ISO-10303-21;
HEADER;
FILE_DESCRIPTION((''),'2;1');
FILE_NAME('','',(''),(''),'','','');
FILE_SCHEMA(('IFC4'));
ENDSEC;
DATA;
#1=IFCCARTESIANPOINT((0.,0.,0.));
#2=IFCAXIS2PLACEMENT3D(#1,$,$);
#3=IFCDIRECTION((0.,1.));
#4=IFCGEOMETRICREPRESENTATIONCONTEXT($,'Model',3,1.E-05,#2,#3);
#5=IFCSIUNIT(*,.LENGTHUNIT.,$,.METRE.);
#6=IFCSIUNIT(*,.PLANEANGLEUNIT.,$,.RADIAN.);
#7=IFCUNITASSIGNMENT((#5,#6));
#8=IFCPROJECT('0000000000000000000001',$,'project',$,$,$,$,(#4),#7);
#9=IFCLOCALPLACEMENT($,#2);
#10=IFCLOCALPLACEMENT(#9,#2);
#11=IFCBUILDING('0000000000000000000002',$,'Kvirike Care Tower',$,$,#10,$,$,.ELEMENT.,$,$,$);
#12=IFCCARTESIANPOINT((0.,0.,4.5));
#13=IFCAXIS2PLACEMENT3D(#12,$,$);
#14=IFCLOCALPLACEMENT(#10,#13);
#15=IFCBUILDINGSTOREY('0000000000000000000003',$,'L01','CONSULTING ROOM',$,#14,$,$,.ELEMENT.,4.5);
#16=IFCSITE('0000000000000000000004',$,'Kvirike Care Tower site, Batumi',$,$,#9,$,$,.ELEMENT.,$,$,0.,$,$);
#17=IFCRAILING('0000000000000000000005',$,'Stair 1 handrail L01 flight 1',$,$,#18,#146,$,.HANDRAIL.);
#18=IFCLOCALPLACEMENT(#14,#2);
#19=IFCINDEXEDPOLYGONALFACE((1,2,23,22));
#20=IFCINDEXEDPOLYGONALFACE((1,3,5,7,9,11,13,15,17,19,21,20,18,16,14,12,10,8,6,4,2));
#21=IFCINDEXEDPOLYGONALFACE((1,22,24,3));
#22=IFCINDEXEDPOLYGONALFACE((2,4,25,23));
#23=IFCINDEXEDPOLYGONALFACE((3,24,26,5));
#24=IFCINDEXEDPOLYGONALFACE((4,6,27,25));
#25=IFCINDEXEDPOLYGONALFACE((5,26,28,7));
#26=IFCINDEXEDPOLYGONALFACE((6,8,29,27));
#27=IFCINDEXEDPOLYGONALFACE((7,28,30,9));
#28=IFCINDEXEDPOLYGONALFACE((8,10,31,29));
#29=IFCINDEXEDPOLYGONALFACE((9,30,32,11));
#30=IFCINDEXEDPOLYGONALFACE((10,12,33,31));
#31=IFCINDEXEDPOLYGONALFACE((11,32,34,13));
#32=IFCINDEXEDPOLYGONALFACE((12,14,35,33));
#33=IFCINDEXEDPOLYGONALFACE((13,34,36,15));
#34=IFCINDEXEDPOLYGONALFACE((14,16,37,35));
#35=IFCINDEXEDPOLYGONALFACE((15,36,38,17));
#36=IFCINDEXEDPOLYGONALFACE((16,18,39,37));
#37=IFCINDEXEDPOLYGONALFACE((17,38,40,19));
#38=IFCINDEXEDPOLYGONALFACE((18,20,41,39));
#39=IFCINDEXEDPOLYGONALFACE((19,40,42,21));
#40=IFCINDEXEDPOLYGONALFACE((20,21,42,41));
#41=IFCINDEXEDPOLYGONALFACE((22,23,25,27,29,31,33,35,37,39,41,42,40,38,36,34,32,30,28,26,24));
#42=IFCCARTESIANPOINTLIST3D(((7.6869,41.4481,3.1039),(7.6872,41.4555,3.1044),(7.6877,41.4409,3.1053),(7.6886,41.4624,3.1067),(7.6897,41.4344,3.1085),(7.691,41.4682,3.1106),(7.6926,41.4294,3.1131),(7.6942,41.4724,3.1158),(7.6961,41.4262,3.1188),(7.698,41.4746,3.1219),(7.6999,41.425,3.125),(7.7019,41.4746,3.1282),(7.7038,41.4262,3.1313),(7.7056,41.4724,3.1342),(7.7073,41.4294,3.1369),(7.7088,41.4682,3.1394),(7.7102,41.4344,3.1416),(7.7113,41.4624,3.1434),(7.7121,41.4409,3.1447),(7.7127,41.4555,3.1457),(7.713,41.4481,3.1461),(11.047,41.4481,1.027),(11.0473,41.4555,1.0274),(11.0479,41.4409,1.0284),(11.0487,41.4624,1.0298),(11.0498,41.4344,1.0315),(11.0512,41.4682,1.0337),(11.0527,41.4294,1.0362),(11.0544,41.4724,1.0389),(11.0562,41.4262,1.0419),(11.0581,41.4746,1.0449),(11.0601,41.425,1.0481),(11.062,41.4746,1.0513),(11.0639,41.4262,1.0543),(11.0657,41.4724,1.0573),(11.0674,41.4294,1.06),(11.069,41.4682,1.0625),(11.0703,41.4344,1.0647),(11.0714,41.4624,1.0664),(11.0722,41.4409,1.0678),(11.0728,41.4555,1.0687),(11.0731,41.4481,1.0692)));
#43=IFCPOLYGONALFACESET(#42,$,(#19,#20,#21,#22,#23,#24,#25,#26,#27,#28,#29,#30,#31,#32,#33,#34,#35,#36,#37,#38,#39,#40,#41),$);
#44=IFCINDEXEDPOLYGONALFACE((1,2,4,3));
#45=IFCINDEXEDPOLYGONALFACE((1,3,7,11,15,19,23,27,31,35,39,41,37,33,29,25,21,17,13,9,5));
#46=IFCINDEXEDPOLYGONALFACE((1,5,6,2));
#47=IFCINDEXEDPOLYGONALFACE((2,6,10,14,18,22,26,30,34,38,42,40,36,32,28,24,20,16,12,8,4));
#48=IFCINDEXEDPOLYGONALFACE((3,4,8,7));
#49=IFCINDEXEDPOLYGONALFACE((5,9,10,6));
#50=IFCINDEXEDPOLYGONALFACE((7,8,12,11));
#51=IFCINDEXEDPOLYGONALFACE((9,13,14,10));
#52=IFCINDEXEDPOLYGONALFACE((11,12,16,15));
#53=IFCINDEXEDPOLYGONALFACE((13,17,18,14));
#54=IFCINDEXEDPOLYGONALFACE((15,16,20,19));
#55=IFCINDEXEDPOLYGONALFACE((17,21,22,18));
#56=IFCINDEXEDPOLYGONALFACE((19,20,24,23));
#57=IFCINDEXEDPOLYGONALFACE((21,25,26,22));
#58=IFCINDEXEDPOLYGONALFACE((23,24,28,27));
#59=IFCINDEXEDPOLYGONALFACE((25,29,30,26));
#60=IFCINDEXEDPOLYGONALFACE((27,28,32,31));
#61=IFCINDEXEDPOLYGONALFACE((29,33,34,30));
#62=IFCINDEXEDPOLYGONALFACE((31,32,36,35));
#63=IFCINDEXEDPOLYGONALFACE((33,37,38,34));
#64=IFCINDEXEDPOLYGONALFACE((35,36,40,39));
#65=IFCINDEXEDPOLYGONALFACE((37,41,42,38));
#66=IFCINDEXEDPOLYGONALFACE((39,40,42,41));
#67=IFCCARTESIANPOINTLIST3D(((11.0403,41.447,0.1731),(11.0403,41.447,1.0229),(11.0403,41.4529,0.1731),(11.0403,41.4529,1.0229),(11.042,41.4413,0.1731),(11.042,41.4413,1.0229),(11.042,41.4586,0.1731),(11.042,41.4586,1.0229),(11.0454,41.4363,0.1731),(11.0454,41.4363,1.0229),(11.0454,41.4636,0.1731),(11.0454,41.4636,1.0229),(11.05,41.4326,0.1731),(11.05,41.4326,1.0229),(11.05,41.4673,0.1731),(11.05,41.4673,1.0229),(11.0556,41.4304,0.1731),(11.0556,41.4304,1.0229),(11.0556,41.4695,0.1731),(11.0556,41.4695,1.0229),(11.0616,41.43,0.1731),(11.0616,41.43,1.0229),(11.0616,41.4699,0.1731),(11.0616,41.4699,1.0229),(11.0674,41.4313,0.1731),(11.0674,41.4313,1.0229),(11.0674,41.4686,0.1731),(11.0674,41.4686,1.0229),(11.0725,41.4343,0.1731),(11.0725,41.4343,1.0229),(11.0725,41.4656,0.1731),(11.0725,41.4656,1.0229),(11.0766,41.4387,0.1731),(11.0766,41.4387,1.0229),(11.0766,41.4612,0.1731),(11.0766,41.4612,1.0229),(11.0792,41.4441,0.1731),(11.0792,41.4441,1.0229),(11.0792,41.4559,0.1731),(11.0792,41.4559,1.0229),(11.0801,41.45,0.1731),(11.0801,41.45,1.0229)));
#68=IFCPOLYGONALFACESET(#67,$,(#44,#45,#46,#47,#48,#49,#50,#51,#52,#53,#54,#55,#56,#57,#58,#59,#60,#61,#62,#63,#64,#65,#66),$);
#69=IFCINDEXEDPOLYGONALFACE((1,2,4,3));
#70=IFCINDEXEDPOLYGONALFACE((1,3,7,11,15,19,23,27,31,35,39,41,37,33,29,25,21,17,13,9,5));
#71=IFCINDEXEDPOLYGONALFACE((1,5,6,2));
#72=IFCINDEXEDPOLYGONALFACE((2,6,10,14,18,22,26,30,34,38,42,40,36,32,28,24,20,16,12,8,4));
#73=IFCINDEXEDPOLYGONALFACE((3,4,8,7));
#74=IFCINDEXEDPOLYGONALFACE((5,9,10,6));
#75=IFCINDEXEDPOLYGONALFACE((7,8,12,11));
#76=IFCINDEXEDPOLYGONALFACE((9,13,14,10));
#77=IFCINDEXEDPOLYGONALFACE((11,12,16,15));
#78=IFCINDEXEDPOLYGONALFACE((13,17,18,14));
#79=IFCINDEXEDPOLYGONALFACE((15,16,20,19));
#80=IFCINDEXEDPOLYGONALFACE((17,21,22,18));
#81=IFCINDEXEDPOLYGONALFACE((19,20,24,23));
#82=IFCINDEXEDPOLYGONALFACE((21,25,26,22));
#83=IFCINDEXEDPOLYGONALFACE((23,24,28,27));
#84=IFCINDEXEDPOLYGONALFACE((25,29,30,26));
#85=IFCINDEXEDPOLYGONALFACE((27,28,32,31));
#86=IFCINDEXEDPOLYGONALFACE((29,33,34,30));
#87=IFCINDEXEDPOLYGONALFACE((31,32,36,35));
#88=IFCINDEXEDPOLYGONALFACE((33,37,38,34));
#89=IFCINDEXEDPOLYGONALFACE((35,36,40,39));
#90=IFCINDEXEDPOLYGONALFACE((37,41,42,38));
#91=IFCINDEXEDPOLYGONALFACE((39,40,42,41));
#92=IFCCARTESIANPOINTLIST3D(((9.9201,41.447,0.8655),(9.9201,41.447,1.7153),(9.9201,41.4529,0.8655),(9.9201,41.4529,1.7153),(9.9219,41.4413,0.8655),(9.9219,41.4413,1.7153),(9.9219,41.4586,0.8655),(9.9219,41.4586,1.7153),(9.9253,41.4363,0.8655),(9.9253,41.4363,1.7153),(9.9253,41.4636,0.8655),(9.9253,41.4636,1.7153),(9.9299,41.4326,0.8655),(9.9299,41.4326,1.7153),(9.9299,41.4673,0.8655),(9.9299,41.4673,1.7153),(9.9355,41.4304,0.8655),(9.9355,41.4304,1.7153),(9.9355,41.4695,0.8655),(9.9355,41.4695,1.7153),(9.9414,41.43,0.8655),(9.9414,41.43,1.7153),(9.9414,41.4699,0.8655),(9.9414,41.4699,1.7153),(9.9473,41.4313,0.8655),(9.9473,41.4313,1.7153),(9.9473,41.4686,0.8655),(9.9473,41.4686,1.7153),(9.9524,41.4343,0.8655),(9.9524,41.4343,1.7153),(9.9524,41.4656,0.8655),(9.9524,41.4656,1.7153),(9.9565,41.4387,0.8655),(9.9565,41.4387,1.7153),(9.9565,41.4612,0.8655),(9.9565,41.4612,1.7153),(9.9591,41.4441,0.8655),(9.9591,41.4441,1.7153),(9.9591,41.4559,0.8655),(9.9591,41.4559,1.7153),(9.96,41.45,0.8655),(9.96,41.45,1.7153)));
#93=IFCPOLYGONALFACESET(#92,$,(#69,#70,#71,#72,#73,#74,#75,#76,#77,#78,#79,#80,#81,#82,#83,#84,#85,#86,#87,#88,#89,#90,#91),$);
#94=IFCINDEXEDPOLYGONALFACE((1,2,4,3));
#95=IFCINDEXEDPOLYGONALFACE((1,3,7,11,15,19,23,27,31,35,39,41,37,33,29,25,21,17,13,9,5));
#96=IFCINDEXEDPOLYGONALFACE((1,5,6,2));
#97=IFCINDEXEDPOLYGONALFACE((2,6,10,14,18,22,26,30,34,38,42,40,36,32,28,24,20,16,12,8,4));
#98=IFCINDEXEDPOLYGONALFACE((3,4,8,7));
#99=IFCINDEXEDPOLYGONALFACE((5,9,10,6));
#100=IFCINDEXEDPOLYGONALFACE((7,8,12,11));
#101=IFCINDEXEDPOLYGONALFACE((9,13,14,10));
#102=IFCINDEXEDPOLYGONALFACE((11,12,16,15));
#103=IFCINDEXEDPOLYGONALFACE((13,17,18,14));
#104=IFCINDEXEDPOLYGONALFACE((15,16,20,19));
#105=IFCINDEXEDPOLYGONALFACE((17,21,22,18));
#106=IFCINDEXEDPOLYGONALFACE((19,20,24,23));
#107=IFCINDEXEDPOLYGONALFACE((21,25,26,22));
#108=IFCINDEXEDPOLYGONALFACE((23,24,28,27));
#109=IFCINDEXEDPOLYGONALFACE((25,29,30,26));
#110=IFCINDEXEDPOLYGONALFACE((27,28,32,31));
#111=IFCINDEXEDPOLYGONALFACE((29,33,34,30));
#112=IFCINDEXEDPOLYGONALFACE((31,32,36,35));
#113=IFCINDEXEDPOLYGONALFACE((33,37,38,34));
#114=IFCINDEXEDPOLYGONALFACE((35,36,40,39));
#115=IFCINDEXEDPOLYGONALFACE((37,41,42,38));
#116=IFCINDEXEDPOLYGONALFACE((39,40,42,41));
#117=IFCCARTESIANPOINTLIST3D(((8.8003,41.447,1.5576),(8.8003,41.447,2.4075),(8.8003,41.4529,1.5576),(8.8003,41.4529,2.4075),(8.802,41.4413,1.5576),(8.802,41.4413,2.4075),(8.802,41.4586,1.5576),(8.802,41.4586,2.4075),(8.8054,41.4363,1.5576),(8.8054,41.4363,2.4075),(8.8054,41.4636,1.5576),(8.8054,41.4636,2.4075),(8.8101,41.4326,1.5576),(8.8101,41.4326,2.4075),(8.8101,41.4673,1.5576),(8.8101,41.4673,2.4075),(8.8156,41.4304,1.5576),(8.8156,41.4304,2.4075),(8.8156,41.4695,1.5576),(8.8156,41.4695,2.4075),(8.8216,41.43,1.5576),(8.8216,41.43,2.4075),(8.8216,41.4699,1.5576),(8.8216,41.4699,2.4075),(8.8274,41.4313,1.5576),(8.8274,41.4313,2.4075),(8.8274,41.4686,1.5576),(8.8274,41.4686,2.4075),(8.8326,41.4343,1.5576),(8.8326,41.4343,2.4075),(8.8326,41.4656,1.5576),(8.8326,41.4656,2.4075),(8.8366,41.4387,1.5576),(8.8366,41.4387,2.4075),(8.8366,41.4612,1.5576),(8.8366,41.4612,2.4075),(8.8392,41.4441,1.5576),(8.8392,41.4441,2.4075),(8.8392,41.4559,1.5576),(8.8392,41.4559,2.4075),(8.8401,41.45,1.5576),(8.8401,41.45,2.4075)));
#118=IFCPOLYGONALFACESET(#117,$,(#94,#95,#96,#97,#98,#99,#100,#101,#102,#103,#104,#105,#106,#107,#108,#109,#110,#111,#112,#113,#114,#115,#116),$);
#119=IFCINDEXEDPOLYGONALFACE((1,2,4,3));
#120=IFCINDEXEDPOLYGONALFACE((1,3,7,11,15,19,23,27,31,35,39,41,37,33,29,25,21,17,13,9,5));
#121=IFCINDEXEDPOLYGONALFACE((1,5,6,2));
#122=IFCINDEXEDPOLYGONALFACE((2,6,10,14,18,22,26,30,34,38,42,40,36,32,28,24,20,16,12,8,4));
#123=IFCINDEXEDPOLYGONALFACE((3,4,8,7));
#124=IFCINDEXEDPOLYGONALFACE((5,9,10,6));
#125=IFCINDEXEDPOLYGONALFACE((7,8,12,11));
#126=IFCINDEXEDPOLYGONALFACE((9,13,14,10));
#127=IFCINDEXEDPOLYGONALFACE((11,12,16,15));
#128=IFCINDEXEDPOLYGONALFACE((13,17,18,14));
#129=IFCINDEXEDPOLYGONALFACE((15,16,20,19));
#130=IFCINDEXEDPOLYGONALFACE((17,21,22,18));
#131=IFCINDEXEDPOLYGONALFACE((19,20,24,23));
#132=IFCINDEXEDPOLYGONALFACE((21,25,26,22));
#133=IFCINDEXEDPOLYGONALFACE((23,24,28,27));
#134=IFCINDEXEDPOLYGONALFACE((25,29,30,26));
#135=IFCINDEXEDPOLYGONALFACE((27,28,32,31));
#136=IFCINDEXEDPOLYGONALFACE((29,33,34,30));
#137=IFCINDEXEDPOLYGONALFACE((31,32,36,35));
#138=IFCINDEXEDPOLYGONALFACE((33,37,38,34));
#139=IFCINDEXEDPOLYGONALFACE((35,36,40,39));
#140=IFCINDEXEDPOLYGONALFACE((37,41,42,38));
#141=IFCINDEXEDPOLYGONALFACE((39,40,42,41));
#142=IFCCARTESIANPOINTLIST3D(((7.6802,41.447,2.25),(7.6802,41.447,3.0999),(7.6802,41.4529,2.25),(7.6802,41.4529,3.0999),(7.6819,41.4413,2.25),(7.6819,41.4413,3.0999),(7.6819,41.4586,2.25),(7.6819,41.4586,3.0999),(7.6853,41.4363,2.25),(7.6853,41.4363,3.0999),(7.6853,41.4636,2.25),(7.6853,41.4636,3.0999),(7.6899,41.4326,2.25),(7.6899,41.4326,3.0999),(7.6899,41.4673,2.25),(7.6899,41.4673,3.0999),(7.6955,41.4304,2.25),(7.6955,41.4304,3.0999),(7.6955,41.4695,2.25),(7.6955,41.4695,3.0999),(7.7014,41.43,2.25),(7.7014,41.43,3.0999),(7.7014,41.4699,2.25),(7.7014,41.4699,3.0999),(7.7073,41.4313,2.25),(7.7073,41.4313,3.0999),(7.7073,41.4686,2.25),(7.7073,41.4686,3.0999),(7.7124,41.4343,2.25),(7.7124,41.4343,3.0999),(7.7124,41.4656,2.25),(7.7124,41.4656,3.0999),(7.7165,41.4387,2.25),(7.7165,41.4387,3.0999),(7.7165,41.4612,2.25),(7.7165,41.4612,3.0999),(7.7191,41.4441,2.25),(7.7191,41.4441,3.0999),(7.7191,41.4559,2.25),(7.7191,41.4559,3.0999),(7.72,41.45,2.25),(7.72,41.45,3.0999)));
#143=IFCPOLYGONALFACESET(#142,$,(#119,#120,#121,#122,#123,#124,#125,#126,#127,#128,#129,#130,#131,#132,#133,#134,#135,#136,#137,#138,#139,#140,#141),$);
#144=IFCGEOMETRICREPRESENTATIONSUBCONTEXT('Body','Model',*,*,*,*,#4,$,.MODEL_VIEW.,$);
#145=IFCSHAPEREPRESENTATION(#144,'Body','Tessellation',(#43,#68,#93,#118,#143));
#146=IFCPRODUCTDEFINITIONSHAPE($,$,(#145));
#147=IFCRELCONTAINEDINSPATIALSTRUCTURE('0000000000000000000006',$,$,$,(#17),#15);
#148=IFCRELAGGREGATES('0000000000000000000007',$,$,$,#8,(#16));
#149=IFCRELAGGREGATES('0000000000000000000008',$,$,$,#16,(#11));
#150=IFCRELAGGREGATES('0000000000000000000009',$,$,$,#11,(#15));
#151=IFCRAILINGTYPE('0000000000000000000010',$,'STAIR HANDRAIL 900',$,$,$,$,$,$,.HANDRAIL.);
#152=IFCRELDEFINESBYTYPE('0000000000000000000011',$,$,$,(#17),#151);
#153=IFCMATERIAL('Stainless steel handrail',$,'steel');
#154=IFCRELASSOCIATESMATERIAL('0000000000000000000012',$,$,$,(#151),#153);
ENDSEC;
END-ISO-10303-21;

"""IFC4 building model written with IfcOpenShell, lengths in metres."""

from ifc_helpers import new_model, si_unit, direction, frame, origin, origin_2d, place, context, subcontext, project, spatial, circle, extrude, material, type_object, element, save


model = new_model("IFC4")

# Units and contexts
model_context = context("Model", 3, precision=1e-05, world=origin(), true_north=direction((0.0, 1.0)))
body_context = subcontext(model_context, "Body", "Model", "MODEL_VIEW")
ifc_project = project(units=[si_unit("LENGTHUNIT", "METRE"), si_unit("PLANEANGLEUNIT", "RADIAN")], contexts=[model_context])

# Site, building, storey
site_placement = place(None, origin())
site = spatial("IfcSite", under=ifc_project, at=site_placement, Name="Kvirike Care Tower site, Batumi", CompositionType="ELEMENT", RefElevation=0.0)
building_placement = place(site_placement, origin())
building = spatial("IfcBuilding", under=site, at=building_placement, Name="Kvirike Care Tower", CompositionType="ELEMENT")
storey_placement = place(building_placement, frame((0.0, 0.0, 4.5)))
storey = spatial("IfcBuildingStorey", under=building, at=storey_placement, Name="L01", Description="CONSULTING ROOM", CompositionType="ELEMENT", Elevation=4.5)

# Railing
ifc_material_1 = material(Name="Stainless steel handrail", Category="steel")
railing_type = type_object("IfcRailingType", Name="STAIR HANDRAIL 900", PredefinedType="HANDRAIL", material=ifc_material_1)
railing_1_placement = place(storey_placement, frame((11.0601, 41.45, 0.1731)))
element("IfcRailing", 1, at=railing_1_placement, inside=storey, type_object=railing_type, Name="Stair 1 handrail L01 flight 1", PredefinedType="HANDRAIL", context=body_context, shape_type="SweptSolid", body=[
    extrude(circle(Radius=0.0249, at=origin_2d()), frame((0.0, 0.0, 0.875), z_axis=(-0.850623, 0.0, 0.525776), x_axis=(0.0, -1.0, 0.0)), (0.0, 0.0, 1.0), 3.9502),
    extrude(circle(Radius=0.02, at=origin_2d()), origin(), (0.0, 0.0, 1.0), 0.8499),
    extrude(circle(Radius=0.02, at=origin_2d()), frame((-1.1201, 0.0, 0.6924)), (0.0, 0.0, 1.0), 0.8499),
    extrude(circle(Radius=0.02, at=origin_2d()), frame((-2.24, 0.0, 1.3845)), (0.0, 0.0, 1.0), 0.8499),
    extrude(circle(Radius=0.02, at=origin_2d()), frame((-3.3601, 0.0, 2.0769)), (0.0, 0.0, 1.0), 0.8499),
])

save(model, "model.ifc")
